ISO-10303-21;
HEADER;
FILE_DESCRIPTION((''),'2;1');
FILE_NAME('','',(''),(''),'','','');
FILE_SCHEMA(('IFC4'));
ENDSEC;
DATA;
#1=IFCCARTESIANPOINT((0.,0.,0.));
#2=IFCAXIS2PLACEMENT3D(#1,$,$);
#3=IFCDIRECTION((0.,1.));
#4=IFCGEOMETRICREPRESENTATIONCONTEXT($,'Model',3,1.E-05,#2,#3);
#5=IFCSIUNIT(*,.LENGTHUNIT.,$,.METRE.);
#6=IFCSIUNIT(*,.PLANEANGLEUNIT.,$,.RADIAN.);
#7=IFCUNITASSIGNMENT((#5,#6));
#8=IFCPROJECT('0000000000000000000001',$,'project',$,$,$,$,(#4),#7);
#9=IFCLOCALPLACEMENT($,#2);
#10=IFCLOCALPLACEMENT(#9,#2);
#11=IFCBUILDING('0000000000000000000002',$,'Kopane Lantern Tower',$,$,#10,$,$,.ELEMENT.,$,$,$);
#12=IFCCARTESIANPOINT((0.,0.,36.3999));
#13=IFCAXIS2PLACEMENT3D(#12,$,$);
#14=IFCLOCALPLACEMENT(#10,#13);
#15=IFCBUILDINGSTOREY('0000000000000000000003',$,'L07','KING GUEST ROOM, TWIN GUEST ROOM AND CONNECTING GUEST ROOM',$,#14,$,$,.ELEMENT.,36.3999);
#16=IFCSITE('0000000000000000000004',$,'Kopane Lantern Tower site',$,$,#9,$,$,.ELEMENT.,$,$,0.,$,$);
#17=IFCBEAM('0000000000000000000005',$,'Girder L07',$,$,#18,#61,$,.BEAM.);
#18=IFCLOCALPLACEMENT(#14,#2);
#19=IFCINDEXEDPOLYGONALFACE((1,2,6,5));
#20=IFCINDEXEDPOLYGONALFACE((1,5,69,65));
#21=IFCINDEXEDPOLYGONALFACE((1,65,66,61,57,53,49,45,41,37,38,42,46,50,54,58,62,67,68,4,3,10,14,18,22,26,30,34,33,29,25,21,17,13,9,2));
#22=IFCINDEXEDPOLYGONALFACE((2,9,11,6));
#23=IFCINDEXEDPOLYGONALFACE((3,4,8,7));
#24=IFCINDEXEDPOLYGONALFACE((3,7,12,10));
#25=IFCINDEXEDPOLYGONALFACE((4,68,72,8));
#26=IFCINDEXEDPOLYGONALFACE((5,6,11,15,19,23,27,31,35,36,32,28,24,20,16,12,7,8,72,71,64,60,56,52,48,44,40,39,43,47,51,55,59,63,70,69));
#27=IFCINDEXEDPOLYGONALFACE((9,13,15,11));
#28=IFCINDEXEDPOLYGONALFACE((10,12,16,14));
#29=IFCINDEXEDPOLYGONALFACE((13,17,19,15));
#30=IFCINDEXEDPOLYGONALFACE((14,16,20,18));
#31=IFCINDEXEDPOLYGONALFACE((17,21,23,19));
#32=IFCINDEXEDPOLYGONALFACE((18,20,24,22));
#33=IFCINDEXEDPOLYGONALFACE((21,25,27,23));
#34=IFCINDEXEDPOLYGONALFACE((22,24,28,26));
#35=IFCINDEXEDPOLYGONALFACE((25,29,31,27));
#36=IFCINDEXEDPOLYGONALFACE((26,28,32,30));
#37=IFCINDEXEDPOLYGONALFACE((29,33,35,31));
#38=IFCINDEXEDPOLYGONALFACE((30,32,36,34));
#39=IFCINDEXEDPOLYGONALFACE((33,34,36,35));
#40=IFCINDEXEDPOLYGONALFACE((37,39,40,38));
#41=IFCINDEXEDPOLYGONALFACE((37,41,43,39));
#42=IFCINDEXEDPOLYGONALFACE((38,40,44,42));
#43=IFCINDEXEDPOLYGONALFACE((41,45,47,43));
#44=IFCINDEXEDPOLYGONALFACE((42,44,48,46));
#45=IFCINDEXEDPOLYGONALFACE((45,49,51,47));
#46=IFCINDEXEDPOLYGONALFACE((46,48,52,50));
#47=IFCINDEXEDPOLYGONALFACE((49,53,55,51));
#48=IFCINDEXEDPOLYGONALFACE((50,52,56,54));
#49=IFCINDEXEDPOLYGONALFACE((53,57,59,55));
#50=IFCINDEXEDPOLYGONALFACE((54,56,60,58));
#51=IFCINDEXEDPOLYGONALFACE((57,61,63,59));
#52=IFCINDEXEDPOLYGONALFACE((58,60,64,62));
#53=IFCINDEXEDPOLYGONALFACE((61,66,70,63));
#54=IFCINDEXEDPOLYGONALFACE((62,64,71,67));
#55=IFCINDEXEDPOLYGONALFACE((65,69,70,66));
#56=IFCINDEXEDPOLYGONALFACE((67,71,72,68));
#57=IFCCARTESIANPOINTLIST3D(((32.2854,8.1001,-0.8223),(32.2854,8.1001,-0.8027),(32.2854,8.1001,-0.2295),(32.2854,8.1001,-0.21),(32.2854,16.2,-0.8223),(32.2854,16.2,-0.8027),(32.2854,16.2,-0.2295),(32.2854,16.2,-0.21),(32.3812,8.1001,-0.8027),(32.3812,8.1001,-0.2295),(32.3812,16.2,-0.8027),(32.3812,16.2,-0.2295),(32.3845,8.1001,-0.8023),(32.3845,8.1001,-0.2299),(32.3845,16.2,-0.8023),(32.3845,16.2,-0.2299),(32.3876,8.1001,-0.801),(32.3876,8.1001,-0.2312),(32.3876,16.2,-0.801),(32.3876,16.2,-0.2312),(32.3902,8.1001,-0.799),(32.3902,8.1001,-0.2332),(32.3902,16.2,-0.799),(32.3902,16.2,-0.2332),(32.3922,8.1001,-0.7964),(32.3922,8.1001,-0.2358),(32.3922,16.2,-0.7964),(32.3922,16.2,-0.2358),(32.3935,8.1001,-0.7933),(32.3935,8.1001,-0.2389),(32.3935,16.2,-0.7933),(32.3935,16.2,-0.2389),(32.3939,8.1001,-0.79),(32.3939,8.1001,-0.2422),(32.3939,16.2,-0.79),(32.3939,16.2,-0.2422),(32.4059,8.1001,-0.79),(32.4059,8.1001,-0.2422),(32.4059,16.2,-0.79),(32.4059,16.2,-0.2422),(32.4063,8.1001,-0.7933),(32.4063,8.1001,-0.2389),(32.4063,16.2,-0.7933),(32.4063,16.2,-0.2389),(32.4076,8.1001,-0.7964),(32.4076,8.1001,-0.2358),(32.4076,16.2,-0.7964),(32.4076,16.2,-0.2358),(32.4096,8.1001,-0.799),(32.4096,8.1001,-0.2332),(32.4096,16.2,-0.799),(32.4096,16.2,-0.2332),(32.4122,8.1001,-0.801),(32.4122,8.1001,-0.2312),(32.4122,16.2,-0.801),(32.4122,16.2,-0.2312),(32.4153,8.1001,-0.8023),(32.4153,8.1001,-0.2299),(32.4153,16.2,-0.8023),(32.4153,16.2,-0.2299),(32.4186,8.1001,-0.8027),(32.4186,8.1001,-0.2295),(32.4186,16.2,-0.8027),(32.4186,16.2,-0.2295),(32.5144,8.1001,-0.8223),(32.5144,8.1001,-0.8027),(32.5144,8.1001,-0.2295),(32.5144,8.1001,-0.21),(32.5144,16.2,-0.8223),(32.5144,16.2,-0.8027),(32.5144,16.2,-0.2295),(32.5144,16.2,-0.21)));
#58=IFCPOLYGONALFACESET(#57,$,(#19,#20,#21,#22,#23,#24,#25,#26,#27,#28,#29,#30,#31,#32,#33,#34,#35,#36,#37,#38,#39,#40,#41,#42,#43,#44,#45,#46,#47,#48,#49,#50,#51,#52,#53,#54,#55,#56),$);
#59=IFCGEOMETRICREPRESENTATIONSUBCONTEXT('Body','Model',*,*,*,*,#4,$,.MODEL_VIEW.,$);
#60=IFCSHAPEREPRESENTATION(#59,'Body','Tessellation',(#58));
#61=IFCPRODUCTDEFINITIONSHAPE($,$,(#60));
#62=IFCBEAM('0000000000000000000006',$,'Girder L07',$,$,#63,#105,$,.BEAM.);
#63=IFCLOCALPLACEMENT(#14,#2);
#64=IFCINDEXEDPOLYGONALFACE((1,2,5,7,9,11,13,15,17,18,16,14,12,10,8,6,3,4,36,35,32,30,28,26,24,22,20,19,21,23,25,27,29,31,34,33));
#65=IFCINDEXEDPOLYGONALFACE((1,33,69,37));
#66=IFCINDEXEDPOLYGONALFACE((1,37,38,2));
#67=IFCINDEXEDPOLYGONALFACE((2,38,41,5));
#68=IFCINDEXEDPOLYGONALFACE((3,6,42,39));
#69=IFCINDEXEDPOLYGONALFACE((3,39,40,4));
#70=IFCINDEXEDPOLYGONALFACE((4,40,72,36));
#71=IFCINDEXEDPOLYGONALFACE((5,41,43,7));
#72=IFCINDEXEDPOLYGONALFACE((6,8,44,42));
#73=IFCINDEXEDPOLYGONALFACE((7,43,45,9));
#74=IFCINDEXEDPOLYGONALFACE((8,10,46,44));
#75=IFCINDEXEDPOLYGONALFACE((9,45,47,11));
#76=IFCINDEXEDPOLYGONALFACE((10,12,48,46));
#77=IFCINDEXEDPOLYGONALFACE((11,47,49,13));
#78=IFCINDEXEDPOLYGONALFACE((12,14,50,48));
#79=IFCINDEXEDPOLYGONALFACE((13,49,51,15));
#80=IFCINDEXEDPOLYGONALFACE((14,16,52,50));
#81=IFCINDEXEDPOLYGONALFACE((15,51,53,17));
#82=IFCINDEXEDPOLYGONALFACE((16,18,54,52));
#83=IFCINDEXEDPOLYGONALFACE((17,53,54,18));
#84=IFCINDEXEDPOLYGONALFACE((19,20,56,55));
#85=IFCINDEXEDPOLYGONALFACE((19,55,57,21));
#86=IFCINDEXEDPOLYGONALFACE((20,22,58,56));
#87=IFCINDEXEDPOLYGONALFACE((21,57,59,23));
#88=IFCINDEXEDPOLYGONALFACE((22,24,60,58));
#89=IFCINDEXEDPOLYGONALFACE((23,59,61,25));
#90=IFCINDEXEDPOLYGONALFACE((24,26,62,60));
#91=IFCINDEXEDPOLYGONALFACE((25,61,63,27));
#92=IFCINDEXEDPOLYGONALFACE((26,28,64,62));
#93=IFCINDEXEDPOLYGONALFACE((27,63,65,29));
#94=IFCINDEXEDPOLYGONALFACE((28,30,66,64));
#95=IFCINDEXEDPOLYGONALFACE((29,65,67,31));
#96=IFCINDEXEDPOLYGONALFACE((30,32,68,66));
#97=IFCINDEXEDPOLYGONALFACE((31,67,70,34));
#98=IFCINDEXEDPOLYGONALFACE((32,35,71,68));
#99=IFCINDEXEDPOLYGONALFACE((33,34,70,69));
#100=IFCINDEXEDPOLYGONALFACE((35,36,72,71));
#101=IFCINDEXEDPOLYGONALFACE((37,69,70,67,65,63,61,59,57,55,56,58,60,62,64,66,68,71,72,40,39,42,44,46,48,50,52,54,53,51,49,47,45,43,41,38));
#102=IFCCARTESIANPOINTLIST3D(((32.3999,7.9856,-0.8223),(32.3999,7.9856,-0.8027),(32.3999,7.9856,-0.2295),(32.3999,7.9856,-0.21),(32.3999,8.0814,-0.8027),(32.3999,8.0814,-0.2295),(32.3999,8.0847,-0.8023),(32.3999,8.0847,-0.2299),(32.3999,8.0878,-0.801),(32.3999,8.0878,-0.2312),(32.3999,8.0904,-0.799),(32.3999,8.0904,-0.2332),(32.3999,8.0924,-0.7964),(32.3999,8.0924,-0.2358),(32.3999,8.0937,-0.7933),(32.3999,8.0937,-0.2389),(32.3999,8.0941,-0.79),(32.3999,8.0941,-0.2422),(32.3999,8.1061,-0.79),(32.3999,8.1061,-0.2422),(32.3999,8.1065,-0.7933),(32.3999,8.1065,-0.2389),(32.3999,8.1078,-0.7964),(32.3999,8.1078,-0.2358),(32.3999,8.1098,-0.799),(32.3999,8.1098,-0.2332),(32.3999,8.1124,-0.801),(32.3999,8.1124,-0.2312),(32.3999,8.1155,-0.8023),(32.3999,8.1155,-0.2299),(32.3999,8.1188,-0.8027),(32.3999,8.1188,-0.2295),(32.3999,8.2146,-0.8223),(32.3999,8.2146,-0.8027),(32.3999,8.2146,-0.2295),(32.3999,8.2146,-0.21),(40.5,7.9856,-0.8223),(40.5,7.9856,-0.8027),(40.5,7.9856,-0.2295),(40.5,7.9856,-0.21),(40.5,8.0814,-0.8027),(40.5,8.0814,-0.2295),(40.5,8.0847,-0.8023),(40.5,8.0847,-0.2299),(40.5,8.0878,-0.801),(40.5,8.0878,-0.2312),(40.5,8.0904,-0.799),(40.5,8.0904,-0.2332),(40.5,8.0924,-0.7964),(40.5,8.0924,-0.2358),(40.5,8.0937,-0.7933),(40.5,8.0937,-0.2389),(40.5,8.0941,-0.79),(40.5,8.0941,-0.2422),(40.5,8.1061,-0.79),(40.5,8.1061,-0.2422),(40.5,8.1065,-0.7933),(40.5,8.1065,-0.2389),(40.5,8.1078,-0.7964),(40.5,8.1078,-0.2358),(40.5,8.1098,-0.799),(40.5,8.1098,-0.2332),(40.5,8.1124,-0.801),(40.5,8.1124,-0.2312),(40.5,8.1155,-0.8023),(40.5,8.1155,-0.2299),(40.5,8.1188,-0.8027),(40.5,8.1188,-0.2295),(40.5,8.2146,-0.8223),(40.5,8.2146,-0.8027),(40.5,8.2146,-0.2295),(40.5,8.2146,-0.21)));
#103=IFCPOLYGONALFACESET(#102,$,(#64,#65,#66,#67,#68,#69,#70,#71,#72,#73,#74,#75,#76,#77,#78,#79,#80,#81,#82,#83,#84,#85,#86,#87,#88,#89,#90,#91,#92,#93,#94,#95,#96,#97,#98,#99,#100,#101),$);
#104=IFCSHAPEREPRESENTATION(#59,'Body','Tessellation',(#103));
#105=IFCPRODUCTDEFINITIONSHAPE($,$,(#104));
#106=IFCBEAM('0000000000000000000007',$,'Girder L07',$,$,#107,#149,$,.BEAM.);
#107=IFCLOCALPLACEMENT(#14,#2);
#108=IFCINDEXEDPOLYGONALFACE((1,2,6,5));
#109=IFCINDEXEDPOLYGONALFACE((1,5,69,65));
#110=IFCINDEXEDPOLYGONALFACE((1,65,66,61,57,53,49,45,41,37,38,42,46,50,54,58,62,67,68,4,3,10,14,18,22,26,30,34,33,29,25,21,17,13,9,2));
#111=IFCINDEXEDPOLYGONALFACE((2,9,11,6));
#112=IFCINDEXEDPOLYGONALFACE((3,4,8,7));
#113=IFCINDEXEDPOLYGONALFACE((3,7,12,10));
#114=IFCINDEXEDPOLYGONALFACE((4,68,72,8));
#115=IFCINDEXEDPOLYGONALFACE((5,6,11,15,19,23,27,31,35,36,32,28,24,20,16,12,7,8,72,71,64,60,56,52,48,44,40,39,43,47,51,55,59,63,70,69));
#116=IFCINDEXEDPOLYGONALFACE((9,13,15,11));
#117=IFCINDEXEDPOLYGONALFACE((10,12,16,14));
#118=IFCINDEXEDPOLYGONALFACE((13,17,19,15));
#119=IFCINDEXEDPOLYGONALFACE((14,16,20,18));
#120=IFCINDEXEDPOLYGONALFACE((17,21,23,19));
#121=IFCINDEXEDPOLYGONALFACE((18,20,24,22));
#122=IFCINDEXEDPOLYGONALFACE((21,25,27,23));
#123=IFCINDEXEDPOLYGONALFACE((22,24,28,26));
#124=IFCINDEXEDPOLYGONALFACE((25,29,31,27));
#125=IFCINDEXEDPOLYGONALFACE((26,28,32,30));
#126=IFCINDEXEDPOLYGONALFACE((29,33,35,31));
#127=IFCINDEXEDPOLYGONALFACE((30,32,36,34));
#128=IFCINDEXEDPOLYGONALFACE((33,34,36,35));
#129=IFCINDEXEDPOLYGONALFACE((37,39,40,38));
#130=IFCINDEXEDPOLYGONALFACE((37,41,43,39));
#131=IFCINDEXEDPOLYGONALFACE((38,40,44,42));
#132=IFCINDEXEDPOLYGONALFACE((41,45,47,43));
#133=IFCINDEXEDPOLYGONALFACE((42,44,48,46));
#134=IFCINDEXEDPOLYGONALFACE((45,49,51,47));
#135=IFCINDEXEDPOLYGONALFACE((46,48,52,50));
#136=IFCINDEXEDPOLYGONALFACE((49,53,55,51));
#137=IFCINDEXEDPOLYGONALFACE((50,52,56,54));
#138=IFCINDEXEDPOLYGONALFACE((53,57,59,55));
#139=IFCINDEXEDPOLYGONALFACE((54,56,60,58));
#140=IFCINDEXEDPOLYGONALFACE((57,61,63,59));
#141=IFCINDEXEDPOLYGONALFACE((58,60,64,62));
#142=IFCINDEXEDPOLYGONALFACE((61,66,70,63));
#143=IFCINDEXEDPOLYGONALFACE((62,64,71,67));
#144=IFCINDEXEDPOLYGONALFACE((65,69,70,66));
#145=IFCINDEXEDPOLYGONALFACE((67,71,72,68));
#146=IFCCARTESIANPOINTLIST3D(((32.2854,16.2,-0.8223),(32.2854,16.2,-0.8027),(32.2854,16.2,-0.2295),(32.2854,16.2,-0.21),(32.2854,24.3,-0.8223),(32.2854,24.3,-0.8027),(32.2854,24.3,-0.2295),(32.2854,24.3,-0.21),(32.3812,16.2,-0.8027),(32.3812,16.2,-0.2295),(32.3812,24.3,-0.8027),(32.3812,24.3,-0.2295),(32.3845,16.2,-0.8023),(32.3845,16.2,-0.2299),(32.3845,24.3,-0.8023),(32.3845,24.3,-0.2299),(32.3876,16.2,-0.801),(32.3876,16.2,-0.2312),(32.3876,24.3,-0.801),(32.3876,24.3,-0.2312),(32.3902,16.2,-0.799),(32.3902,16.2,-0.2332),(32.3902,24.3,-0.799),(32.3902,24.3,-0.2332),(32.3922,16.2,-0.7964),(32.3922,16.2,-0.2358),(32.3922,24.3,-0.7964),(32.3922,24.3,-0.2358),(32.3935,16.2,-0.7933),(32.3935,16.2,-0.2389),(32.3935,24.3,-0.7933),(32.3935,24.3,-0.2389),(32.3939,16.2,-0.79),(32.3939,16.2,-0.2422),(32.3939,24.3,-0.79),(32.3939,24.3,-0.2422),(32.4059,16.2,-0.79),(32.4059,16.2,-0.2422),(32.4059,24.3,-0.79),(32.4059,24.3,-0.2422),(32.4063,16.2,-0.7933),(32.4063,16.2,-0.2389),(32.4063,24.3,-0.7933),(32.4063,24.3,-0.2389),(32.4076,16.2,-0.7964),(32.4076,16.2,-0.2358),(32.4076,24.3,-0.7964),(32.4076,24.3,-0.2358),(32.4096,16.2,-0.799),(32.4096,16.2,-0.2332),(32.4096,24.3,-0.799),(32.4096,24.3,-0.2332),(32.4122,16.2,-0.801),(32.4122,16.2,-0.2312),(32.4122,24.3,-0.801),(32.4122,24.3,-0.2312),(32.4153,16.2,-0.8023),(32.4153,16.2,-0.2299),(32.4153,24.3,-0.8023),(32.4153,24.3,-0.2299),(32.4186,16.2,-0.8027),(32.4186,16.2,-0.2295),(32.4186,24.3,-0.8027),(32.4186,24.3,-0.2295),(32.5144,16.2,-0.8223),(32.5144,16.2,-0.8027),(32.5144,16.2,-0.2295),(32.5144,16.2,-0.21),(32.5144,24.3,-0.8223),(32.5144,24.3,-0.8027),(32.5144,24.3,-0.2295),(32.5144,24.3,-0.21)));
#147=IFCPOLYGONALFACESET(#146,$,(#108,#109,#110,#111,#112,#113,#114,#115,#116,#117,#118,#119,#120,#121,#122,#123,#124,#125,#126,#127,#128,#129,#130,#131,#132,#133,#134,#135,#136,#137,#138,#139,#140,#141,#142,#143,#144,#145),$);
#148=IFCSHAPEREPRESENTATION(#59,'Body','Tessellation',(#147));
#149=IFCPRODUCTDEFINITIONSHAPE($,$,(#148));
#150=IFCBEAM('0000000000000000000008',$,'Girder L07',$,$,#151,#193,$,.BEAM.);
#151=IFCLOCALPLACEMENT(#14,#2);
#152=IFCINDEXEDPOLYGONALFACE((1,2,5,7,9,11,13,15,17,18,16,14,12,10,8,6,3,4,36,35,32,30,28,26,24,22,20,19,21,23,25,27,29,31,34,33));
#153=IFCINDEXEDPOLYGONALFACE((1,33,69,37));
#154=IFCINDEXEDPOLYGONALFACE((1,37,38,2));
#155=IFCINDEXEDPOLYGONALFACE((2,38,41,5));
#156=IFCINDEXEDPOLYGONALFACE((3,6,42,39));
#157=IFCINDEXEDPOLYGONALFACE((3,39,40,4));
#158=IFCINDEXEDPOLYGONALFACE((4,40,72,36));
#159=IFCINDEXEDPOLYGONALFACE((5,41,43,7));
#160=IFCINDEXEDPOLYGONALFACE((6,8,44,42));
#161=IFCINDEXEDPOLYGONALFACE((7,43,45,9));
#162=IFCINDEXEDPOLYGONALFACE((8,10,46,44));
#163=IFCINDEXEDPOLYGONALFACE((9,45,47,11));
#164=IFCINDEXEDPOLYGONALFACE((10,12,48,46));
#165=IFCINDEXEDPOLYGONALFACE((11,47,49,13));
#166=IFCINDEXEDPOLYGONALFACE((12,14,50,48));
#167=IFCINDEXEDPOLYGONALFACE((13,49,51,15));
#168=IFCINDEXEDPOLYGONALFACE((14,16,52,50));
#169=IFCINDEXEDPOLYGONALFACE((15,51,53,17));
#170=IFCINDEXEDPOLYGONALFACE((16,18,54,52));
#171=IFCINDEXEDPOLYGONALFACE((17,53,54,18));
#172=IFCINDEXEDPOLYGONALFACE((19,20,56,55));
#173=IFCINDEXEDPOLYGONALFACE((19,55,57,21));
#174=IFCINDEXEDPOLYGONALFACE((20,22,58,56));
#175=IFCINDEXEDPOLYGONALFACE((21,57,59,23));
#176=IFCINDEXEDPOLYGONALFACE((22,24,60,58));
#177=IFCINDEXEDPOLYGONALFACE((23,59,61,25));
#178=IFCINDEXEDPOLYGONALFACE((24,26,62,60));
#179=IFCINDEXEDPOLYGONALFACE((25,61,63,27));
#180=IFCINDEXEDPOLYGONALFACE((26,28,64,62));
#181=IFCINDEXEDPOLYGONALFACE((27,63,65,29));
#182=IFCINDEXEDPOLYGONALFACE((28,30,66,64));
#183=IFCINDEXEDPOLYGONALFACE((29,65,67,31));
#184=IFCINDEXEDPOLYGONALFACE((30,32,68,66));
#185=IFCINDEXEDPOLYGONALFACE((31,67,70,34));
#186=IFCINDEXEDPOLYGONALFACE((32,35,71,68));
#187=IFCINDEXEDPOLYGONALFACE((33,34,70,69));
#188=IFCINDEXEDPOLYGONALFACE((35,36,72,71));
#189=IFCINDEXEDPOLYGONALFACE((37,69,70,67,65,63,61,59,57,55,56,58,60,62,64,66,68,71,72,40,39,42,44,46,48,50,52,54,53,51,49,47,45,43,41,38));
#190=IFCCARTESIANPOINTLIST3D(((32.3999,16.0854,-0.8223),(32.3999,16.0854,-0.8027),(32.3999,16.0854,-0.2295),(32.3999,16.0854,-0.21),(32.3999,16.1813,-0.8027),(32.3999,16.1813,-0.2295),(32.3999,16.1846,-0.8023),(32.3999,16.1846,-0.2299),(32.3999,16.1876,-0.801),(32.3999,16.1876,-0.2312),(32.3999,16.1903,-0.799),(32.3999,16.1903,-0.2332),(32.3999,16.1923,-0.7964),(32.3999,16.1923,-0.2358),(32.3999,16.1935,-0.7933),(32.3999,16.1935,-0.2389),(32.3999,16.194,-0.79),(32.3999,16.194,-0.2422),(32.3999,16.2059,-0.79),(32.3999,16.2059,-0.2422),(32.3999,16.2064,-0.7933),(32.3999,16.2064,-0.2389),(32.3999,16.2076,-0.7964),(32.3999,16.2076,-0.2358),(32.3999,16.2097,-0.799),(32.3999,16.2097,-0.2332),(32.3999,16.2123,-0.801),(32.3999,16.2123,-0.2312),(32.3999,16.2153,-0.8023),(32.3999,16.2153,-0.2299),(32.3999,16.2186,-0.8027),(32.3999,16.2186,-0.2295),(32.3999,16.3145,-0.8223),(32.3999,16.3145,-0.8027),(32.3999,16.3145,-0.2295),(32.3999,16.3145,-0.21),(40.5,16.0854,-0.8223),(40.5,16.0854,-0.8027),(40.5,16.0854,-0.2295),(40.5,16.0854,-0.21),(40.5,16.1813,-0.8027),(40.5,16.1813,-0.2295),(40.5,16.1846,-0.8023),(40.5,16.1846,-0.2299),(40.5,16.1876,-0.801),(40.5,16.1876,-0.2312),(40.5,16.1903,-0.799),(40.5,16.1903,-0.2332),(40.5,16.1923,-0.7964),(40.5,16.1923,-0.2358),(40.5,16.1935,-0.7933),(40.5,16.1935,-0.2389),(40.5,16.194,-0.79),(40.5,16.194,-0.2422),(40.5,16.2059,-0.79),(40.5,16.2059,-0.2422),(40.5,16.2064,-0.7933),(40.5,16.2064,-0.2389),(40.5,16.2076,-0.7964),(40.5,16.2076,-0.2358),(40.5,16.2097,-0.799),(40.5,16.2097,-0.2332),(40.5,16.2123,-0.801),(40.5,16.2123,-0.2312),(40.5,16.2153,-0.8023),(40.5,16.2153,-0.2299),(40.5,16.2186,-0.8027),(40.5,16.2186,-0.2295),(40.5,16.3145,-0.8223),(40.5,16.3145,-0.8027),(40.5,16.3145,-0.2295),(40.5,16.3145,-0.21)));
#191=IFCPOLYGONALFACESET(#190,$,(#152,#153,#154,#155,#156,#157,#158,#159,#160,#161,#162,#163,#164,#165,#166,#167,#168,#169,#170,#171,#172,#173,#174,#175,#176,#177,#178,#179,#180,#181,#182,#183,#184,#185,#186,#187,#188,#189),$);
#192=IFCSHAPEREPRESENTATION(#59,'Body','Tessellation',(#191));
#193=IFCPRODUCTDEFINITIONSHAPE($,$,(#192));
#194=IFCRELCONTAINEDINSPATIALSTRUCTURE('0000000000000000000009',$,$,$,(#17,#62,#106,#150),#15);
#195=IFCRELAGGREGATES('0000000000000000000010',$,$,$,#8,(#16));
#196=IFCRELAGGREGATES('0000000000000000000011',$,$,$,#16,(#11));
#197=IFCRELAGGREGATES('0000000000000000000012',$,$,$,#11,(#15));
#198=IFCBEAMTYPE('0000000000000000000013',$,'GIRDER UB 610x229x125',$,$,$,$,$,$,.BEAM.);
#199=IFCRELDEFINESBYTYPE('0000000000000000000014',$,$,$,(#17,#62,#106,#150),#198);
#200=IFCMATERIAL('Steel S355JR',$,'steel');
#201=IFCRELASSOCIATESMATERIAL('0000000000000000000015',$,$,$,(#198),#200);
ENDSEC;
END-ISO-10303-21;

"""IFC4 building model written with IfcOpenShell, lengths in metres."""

from ifc_helpers import new_model, si_unit, direction, frame, origin, origin_2d, place, context, subcontext, project, spatial, i_section, extrude, material, material_profile, profile_set, type_object, element, save


model = new_model("IFC4")

# Units and contexts
model_context = context("Model", 3, precision=1e-05, world=origin(), true_north=direction((0.0, 1.0)))
body_context = subcontext(model_context, "Body", "Model", "MODEL_VIEW")
ifc_project = project(units=[si_unit("LENGTHUNIT", "METRE"), si_unit("PLANEANGLEUNIT", "RADIAN")], contexts=[model_context])

# Site, building, storey
site_placement = place(None, origin())
site = spatial("IfcSite", under=ifc_project, at=site_placement, Name="Kopane Lantern Tower site", CompositionType="ELEMENT", RefElevation=0.0)
building_placement = place(site_placement, origin())
building = spatial("IfcBuilding", under=site, at=building_placement, Name="Kopane Lantern Tower", CompositionType="ELEMENT")
storey_placement = place(building_placement, frame((0.0, 0.0, 36.3999)))
storey = spatial("IfcBuildingStorey", under=building, at=storey_placement, Name="L07", Description="KING GUEST ROOM, TWIN GUEST ROOM AND CONNECTING GUEST ROOM", CompositionType="ELEMENT", Elevation=36.3999)

# Beams
ifc_material_1 = material(Name="Steel S355JR", Category="steel")
ifc_material_profile_1 = material_profile(ifc_material_1, i_section(OverallWidth=0.229, OverallDepth=0.6123, WebThickness=0.012, FlangeThickness=0.0195, FilletRadius=0.0127, at=origin_2d()), Name="UB 610x229x125")
ifc_profile_set_1 = profile_set([ifc_material_profile_1], Name="Steel S355JR")
beam_type = type_object("IfcBeamType", Name="GIRDER UB 610x229x125", PredefinedType="BEAM", material=ifc_profile_set_1)
beam_1_placement = place(storey_placement, frame((32.3999, 8.1001, -0.5161), z_axis=(0.0, 1.0, 0.0), x_axis=(-1.0, 0.0, 0.0)))
element("IfcBeam", 1, at=beam_1_placement, inside=storey, type_object=beam_type, Name="Girder L07", PredefinedType="BEAM", context=body_context, shape_type="SweptSolid", body=[
    extrude(i_section(OverallWidth=0.229, OverallDepth=0.6123, WebThickness=0.012, FlangeThickness=0.0195, FilletRadius=0.0127, at=origin_2d()), origin(), (0.0, 0.0, 1.0), 8.0999),
])
for number, where, z_axis, x_axis, name in (
    (2, (32.3999, 8.1001, -0.5161), (1.0, 0.0, 0.0), (0.0, 1.0, 0.0), "Girder L07"),
    (3, (32.3999, 16.2, -0.5161), (0.0, 1.0, 0.0), (-1.0, 0.0, 0.0), "Girder L07"),
    (4, (32.3999, 16.2, -0.5161), (1.0, 0.0, 0.0), (0.0, 1.0, 0.0), "Girder L07"),
):
    element("IfcBeam", number, at=place(storey_placement, frame(where, z_axis=z_axis, x_axis=x_axis)), inside=storey, type_object=beam_type, Name=name, PredefinedType="BEAM", context=body_context, shape_type="SweptSolid", body=[
        extrude(i_section(OverallWidth=0.229, OverallDepth=0.6123, WebThickness=0.012, FlangeThickness=0.0195, FilletRadius=0.0127, at=origin_2d()), origin(), (0.0, 0.0, 1.0), 8.1001),
    ])

save(model, "model.ifc")
